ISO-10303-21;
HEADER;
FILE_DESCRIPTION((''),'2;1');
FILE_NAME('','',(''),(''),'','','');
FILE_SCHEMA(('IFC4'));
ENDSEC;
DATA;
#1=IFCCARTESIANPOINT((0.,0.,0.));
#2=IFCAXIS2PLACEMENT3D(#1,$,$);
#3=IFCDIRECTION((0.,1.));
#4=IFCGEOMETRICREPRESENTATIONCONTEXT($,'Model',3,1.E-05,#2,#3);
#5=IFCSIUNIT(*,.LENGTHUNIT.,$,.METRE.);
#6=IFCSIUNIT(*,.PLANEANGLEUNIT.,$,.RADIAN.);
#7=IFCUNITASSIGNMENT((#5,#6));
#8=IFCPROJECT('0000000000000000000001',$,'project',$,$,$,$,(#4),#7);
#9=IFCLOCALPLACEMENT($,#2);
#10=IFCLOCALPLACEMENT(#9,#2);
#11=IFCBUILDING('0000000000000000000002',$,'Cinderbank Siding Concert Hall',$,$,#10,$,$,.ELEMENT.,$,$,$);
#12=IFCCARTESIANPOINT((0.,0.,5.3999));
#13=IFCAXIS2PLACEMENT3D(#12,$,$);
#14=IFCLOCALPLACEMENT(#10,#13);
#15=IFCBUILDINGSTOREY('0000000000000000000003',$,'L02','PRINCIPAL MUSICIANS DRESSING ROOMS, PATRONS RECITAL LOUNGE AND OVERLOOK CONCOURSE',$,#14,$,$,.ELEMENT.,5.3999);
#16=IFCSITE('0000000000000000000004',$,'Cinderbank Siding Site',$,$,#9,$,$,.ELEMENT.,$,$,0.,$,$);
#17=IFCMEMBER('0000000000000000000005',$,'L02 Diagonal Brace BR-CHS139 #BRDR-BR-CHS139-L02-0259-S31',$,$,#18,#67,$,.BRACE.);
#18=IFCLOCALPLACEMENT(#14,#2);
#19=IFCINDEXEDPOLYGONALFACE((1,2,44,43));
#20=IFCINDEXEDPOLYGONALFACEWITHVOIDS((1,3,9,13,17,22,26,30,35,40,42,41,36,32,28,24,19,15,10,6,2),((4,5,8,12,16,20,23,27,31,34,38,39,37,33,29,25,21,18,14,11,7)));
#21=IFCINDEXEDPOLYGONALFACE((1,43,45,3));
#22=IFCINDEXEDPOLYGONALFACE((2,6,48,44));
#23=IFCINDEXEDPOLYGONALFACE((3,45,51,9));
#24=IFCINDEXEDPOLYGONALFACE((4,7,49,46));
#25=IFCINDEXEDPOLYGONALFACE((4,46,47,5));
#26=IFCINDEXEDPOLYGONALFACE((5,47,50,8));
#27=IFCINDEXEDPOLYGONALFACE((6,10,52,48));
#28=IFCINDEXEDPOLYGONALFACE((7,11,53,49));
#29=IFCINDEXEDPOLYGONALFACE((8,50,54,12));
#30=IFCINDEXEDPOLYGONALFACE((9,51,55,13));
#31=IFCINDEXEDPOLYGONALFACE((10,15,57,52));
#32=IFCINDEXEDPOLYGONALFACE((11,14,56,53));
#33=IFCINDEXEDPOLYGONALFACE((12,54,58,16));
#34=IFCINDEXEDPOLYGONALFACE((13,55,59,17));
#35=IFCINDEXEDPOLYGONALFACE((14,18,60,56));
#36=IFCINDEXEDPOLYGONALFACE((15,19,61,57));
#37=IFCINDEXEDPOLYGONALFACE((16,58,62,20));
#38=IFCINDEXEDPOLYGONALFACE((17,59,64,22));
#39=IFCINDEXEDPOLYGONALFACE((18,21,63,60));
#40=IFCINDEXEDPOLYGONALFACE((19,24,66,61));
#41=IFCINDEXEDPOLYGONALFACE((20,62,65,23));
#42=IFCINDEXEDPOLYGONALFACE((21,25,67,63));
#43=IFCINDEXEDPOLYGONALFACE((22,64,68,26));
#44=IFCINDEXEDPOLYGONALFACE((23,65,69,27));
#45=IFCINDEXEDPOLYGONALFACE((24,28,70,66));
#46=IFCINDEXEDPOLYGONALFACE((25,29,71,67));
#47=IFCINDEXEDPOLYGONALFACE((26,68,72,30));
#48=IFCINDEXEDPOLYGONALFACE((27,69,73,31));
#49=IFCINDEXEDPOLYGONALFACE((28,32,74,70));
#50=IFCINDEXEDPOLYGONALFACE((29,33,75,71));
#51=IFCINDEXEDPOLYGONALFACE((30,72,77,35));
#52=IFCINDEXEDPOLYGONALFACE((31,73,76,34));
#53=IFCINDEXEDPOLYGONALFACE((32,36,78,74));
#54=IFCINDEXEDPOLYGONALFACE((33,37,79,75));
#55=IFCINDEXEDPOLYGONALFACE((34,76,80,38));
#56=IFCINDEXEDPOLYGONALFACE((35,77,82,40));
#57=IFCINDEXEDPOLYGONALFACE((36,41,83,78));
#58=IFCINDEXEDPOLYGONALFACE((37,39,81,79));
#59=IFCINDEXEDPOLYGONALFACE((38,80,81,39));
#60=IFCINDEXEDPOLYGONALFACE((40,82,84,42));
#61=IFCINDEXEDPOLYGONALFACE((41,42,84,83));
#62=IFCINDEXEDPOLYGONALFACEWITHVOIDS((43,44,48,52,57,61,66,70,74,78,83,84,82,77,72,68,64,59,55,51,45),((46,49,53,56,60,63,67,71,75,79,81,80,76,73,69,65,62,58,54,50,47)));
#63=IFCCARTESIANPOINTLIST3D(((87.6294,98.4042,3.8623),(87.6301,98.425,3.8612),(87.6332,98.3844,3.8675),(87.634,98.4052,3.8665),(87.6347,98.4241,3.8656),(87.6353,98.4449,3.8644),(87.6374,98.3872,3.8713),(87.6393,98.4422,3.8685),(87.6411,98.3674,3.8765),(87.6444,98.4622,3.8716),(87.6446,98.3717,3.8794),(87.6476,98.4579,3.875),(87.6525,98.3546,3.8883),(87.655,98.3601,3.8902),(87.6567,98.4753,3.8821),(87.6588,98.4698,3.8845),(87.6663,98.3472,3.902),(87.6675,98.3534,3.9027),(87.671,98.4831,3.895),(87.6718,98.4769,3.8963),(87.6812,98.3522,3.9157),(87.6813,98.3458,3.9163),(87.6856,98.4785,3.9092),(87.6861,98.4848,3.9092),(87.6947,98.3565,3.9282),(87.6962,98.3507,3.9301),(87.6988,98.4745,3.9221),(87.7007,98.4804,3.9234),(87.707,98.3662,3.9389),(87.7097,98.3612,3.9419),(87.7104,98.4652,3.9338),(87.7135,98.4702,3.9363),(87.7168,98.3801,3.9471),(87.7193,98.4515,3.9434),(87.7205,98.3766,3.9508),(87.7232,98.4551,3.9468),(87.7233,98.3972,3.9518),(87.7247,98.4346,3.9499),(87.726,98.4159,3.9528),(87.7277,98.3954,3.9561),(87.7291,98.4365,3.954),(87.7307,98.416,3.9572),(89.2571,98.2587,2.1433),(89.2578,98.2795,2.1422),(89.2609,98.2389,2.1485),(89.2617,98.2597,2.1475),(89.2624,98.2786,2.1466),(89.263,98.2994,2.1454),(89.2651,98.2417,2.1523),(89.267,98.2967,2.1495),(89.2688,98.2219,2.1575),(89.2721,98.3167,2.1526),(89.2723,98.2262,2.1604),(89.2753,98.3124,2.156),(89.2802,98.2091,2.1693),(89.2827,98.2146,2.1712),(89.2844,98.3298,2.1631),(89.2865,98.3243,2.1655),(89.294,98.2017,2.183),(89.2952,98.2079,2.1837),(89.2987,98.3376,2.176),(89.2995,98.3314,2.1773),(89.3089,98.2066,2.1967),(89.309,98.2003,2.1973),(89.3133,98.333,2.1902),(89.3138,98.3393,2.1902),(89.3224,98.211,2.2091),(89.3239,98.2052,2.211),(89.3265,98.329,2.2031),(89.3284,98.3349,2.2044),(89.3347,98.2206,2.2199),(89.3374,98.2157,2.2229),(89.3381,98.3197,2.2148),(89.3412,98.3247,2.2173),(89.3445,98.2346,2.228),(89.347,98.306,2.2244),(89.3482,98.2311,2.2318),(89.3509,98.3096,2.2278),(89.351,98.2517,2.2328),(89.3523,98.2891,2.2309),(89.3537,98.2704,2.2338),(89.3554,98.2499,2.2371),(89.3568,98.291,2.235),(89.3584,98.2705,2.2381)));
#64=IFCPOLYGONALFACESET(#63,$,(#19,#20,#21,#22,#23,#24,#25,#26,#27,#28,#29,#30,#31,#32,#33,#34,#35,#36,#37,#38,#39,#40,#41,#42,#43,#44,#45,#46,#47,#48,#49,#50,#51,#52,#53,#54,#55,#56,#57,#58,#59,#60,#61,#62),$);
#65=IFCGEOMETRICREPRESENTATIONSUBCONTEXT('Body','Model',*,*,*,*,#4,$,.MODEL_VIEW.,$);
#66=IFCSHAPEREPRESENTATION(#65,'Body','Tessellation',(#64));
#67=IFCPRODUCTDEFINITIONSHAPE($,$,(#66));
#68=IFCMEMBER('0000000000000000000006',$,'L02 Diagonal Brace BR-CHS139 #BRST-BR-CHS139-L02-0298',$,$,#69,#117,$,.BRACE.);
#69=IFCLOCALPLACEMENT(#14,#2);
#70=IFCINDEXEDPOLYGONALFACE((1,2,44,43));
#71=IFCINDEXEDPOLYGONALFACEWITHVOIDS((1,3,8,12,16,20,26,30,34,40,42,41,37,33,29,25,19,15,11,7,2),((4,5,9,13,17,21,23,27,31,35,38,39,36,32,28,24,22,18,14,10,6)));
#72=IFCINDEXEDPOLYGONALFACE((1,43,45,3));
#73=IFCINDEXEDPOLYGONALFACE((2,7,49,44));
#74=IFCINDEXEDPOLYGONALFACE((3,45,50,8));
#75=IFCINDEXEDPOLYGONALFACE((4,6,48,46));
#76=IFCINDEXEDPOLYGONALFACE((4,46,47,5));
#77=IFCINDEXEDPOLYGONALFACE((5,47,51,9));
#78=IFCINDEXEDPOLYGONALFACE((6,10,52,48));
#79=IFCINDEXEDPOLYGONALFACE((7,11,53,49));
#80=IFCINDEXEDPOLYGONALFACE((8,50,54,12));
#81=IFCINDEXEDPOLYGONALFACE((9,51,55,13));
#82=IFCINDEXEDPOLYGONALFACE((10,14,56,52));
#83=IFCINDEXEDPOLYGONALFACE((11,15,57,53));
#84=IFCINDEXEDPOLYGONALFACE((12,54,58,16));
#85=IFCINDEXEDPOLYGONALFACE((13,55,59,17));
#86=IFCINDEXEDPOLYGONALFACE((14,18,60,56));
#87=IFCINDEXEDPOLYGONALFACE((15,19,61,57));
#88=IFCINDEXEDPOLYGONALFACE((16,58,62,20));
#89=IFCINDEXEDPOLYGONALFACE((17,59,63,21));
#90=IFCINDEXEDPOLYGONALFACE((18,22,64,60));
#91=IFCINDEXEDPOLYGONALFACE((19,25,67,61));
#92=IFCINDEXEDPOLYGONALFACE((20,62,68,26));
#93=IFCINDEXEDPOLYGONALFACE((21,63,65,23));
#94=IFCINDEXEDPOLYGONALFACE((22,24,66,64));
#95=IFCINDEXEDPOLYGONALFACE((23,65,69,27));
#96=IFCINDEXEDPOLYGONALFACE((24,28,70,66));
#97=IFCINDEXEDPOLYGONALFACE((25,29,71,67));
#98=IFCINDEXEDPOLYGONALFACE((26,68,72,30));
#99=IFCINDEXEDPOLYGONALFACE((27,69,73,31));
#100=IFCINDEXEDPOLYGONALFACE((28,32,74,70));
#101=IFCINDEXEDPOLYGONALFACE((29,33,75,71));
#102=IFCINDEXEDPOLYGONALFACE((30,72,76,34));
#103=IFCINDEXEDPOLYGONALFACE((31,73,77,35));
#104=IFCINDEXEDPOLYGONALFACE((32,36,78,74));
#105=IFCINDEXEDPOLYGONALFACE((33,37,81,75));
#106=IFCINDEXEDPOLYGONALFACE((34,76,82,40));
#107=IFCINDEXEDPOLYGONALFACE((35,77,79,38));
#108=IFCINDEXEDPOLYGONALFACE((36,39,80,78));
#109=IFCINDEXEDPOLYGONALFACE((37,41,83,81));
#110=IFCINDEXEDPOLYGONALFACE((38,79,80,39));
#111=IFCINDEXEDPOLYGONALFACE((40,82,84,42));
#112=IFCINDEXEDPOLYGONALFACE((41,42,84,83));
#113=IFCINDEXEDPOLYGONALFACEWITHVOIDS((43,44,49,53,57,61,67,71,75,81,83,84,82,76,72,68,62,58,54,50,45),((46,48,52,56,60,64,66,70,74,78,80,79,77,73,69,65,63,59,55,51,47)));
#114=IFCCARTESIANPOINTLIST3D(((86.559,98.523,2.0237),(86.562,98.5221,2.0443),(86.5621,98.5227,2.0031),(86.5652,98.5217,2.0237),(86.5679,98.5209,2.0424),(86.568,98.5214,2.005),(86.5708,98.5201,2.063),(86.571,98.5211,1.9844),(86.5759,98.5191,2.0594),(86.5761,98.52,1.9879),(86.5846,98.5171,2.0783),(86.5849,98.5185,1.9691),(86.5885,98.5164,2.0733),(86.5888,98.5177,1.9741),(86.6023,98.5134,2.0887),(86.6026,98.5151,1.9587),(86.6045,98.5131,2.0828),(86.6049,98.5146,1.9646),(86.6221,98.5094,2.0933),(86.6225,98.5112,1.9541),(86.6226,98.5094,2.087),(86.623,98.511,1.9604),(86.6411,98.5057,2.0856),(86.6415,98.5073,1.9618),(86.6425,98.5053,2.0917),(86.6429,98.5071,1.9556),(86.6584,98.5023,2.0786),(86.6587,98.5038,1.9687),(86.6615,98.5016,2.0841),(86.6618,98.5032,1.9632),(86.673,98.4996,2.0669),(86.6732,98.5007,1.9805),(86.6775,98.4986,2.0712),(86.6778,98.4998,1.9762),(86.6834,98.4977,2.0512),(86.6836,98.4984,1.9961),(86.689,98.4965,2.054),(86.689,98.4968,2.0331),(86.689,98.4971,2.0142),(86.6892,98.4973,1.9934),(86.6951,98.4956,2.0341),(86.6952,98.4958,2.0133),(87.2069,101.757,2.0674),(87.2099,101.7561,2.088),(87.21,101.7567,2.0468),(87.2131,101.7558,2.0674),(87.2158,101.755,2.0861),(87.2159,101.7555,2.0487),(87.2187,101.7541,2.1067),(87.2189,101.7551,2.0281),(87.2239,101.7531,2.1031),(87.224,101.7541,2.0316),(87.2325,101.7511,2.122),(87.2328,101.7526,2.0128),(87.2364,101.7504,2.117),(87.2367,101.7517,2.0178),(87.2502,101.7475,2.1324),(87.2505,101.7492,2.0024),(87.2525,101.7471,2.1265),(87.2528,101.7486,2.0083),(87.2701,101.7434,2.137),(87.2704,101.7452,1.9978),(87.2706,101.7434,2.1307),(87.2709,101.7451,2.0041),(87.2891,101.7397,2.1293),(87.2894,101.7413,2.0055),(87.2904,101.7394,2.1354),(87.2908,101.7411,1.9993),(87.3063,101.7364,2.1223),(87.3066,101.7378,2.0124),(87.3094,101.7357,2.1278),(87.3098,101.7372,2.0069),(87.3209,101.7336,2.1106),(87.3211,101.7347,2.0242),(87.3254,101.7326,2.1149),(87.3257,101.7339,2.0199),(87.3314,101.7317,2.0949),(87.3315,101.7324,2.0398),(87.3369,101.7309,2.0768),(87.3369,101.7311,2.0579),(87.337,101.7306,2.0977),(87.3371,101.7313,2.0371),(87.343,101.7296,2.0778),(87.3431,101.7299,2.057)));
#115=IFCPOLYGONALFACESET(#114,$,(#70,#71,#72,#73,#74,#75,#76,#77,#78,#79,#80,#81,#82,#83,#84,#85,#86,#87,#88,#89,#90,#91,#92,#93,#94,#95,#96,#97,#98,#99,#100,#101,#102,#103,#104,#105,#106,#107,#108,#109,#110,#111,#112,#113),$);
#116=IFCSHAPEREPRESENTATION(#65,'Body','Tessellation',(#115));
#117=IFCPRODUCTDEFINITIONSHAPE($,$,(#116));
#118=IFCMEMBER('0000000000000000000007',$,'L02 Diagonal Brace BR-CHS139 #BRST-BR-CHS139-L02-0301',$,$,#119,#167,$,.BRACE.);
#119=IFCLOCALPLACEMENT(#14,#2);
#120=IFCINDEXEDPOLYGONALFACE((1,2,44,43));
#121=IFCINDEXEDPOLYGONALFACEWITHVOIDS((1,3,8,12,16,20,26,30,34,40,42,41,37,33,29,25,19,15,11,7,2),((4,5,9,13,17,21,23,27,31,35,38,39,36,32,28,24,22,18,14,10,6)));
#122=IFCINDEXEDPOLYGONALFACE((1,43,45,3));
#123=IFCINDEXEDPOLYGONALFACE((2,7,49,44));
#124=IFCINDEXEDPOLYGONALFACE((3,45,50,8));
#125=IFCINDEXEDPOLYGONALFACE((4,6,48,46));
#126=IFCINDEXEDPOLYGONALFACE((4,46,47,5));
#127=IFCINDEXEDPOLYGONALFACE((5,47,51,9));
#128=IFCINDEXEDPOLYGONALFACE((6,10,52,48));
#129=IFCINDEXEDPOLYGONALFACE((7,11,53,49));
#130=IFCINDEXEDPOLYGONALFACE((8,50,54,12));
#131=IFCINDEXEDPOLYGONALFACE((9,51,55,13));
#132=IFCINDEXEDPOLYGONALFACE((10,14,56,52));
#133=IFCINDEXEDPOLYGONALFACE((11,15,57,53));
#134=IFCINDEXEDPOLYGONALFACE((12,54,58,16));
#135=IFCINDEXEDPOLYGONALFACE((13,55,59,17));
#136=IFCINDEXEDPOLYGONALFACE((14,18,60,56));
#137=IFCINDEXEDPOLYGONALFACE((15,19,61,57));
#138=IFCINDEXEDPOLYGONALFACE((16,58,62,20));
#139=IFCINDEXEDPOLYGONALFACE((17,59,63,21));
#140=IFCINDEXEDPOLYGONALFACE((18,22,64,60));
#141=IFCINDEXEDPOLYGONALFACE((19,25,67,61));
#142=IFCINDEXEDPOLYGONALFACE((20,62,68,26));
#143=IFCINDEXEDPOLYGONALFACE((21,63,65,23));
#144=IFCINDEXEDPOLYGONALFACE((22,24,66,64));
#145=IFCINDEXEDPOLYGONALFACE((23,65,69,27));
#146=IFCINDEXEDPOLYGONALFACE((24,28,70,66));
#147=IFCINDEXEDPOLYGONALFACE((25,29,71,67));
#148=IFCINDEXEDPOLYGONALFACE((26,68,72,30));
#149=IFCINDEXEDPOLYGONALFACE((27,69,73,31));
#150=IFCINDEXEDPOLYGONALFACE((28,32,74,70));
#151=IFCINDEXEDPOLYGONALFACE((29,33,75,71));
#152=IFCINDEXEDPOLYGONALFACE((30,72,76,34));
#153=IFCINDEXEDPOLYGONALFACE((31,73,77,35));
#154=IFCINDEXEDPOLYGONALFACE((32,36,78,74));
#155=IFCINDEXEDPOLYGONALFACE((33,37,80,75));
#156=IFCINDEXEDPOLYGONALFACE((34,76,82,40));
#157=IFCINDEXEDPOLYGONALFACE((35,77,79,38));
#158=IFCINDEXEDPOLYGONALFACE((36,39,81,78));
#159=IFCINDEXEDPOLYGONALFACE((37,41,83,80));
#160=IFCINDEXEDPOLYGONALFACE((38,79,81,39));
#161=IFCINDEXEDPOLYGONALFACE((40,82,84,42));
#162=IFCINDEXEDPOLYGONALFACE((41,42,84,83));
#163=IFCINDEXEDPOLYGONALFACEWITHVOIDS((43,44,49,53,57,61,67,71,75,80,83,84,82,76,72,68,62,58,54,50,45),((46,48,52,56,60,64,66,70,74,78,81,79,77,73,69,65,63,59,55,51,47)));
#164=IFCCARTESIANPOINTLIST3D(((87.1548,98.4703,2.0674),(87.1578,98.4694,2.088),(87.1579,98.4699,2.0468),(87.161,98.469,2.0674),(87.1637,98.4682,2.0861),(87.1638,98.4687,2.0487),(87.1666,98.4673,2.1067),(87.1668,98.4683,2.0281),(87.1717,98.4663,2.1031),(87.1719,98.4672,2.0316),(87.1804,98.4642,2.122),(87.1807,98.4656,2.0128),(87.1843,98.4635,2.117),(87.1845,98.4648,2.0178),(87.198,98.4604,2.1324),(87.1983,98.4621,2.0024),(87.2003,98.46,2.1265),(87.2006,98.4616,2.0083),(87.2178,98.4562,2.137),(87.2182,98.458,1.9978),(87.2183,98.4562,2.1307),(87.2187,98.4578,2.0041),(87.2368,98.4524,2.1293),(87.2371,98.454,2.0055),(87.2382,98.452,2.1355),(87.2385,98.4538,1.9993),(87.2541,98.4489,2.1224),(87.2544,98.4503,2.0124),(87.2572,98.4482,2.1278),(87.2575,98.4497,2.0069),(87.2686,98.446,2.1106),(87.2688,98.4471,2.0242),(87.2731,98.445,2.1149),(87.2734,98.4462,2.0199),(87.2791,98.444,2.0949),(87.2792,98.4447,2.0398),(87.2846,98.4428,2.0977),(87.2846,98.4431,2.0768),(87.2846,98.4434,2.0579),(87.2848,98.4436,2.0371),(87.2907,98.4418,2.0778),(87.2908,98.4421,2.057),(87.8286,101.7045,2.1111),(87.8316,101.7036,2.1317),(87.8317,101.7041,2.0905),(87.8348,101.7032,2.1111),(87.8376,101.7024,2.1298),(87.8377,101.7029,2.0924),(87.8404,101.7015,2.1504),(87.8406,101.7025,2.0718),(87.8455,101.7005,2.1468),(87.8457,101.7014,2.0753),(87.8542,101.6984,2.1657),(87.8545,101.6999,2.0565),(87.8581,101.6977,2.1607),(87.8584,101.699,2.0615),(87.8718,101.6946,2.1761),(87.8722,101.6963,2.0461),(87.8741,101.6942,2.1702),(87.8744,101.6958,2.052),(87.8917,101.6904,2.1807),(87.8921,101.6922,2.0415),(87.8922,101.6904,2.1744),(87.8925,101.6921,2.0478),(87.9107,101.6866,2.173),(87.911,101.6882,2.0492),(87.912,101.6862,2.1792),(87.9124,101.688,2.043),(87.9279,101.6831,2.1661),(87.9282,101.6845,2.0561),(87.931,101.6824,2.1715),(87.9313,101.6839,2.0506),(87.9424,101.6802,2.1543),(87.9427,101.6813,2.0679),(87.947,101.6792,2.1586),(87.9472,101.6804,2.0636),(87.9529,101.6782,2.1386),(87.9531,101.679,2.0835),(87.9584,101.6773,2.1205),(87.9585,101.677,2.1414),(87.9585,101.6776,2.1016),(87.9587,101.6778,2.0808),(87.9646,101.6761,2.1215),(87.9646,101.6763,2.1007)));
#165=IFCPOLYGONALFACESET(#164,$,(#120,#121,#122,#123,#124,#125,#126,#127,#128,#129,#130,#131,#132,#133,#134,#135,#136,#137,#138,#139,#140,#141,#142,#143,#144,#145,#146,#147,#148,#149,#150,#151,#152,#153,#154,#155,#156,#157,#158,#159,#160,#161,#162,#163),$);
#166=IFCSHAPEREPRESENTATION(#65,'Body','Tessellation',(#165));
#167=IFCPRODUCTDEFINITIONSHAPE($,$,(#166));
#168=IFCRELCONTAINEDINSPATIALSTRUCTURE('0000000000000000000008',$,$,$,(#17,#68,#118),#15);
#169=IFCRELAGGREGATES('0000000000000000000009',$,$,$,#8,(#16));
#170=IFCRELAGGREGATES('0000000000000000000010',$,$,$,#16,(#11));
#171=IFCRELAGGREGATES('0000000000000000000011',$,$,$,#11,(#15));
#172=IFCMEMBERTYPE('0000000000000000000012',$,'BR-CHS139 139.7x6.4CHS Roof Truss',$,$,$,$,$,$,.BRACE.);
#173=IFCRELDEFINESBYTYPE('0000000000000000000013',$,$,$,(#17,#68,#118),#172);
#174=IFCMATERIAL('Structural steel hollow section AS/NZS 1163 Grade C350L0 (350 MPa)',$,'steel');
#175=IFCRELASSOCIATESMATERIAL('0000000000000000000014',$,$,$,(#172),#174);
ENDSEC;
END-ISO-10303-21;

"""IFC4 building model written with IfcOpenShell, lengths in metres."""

from ifc_helpers import new_model, si_unit, direction, frame, origin, origin_2d, place, context, subcontext, project, spatial, hollow_circle, extrude, material, material_profile, profile_set, type_object, element, save


model = new_model("IFC4")

# Units and contexts
model_context = context("Model", 3, precision=1e-05, world=origin(), true_north=direction((0.0, 1.0)))
body_context = subcontext(model_context, "Body", "Model", "MODEL_VIEW")
ifc_project = project(units=[si_unit("LENGTHUNIT", "METRE"), si_unit("PLANEANGLEUNIT", "RADIAN")], contexts=[model_context])

# Site, building, storey
site_placement = place(None, origin())
site = spatial("IfcSite", under=ifc_project, at=site_placement, Name="Cinderbank Siding Site", CompositionType="ELEMENT", RefElevation=0.0)
building_placement = place(site_placement, origin())
building = spatial("IfcBuilding", under=site, at=building_placement, Name="Cinderbank Siding Concert Hall", CompositionType="ELEMENT")
storey_placement = place(building_placement, frame((0.0, 0.0, 5.3999)))
storey = spatial("IfcBuildingStorey", under=building, at=storey_placement, Name="L02", Description="PRINCIPAL MUSICIANS DRESSING ROOMS, PATRONS RECITAL LOUNGE AND OVERLOOK CONCOURSE", CompositionType="ELEMENT", Elevation=5.3999)

# Members
ifc_material_1 = material(Name="Structural steel hollow section AS/NZS 1163 Grade C350L0 (350 MPa)", Category="steel")
ifc_material_profile_1 = material_profile(ifc_material_1, hollow_circle(Radius=0.0698, WallThickness=0.0063, at=origin_2d()), Name="139.7x6.4CHS", Category="LoadBearing")
ifc_profile_set_1 = profile_set([ifc_material_profile_1], Name="Structural steel hollow section AS/NZS 1163 Grade C350L0 (350 MPa)")
member_type_1 = type_object("IfcMemberType", Name="BR-CHS139 139.7x6.4CHS Roof Truss", PredefinedType="BRACE", material=ifc_profile_set_1)
member_1_placement = place(storey_placement, frame((87.6799, 98.4153, 3.9092), z_axis=(0.686264, -0.061349, -0.724761), x_axis=(0.08904, 0.996028, 0.0)))
element("IfcMember", 1, at=member_1_placement, inside=storey, type_object=member_type_1, Name="L02 Diagonal Brace BR-CHS139 #BRDR-BR-CHS139-L02-0259-S31", PredefinedType="BRACE", context=body_context, shape_type="SweptSolid", body=[
    extrude(hollow_circle(Radius=0.0698, WallThickness=0.0063, at=origin_2d()), origin(), (0.0, 0.0, 1.0), 2.3718),
])
member_2_placement = place(storey_placement, frame((86.6274, 98.5093, 2.0237), z_axis=(0.196426, 0.980429, 0.013248), x_axis=(-0.980515, 0.196444, 0.0)))
element("IfcMember", 2, at=member_2_placement, inside=storey, type_object=member_type_1, Name="L02 Diagonal Brace BR-CHS139 #BRST-BR-CHS139-L02-0298", PredefinedType="BRACE", context=body_context, shape_type="SweptSolid", body=[
    extrude(hollow_circle(Radius=0.0698, WallThickness=0.0063, at=origin_2d()), origin(), (0.0, 0.0, 1.0), 3.2986),
])
member_3_placement = place(storey_placement, frame((87.2231, 98.4561, 2.0674), z_axis=(0.203951, 0.978892, 0.013227), x_axis=(-0.978977, 0.203969, 0.0)))
element("IfcMember", 3, at=member_3_placement, inside=storey, type_object=member_type_1, Name="L02 Diagonal Brace BR-CHS139 #BRST-BR-CHS139-L02-0301", PredefinedType="BRACE", context=body_context, shape_type="SweptSolid", body=[
    extrude(hollow_circle(Radius=0.0698, WallThickness=0.0063, at=origin_2d()), origin(), (0.0, 0.0, 1.0), 3.304),
])

save(model, "model.ifc")
